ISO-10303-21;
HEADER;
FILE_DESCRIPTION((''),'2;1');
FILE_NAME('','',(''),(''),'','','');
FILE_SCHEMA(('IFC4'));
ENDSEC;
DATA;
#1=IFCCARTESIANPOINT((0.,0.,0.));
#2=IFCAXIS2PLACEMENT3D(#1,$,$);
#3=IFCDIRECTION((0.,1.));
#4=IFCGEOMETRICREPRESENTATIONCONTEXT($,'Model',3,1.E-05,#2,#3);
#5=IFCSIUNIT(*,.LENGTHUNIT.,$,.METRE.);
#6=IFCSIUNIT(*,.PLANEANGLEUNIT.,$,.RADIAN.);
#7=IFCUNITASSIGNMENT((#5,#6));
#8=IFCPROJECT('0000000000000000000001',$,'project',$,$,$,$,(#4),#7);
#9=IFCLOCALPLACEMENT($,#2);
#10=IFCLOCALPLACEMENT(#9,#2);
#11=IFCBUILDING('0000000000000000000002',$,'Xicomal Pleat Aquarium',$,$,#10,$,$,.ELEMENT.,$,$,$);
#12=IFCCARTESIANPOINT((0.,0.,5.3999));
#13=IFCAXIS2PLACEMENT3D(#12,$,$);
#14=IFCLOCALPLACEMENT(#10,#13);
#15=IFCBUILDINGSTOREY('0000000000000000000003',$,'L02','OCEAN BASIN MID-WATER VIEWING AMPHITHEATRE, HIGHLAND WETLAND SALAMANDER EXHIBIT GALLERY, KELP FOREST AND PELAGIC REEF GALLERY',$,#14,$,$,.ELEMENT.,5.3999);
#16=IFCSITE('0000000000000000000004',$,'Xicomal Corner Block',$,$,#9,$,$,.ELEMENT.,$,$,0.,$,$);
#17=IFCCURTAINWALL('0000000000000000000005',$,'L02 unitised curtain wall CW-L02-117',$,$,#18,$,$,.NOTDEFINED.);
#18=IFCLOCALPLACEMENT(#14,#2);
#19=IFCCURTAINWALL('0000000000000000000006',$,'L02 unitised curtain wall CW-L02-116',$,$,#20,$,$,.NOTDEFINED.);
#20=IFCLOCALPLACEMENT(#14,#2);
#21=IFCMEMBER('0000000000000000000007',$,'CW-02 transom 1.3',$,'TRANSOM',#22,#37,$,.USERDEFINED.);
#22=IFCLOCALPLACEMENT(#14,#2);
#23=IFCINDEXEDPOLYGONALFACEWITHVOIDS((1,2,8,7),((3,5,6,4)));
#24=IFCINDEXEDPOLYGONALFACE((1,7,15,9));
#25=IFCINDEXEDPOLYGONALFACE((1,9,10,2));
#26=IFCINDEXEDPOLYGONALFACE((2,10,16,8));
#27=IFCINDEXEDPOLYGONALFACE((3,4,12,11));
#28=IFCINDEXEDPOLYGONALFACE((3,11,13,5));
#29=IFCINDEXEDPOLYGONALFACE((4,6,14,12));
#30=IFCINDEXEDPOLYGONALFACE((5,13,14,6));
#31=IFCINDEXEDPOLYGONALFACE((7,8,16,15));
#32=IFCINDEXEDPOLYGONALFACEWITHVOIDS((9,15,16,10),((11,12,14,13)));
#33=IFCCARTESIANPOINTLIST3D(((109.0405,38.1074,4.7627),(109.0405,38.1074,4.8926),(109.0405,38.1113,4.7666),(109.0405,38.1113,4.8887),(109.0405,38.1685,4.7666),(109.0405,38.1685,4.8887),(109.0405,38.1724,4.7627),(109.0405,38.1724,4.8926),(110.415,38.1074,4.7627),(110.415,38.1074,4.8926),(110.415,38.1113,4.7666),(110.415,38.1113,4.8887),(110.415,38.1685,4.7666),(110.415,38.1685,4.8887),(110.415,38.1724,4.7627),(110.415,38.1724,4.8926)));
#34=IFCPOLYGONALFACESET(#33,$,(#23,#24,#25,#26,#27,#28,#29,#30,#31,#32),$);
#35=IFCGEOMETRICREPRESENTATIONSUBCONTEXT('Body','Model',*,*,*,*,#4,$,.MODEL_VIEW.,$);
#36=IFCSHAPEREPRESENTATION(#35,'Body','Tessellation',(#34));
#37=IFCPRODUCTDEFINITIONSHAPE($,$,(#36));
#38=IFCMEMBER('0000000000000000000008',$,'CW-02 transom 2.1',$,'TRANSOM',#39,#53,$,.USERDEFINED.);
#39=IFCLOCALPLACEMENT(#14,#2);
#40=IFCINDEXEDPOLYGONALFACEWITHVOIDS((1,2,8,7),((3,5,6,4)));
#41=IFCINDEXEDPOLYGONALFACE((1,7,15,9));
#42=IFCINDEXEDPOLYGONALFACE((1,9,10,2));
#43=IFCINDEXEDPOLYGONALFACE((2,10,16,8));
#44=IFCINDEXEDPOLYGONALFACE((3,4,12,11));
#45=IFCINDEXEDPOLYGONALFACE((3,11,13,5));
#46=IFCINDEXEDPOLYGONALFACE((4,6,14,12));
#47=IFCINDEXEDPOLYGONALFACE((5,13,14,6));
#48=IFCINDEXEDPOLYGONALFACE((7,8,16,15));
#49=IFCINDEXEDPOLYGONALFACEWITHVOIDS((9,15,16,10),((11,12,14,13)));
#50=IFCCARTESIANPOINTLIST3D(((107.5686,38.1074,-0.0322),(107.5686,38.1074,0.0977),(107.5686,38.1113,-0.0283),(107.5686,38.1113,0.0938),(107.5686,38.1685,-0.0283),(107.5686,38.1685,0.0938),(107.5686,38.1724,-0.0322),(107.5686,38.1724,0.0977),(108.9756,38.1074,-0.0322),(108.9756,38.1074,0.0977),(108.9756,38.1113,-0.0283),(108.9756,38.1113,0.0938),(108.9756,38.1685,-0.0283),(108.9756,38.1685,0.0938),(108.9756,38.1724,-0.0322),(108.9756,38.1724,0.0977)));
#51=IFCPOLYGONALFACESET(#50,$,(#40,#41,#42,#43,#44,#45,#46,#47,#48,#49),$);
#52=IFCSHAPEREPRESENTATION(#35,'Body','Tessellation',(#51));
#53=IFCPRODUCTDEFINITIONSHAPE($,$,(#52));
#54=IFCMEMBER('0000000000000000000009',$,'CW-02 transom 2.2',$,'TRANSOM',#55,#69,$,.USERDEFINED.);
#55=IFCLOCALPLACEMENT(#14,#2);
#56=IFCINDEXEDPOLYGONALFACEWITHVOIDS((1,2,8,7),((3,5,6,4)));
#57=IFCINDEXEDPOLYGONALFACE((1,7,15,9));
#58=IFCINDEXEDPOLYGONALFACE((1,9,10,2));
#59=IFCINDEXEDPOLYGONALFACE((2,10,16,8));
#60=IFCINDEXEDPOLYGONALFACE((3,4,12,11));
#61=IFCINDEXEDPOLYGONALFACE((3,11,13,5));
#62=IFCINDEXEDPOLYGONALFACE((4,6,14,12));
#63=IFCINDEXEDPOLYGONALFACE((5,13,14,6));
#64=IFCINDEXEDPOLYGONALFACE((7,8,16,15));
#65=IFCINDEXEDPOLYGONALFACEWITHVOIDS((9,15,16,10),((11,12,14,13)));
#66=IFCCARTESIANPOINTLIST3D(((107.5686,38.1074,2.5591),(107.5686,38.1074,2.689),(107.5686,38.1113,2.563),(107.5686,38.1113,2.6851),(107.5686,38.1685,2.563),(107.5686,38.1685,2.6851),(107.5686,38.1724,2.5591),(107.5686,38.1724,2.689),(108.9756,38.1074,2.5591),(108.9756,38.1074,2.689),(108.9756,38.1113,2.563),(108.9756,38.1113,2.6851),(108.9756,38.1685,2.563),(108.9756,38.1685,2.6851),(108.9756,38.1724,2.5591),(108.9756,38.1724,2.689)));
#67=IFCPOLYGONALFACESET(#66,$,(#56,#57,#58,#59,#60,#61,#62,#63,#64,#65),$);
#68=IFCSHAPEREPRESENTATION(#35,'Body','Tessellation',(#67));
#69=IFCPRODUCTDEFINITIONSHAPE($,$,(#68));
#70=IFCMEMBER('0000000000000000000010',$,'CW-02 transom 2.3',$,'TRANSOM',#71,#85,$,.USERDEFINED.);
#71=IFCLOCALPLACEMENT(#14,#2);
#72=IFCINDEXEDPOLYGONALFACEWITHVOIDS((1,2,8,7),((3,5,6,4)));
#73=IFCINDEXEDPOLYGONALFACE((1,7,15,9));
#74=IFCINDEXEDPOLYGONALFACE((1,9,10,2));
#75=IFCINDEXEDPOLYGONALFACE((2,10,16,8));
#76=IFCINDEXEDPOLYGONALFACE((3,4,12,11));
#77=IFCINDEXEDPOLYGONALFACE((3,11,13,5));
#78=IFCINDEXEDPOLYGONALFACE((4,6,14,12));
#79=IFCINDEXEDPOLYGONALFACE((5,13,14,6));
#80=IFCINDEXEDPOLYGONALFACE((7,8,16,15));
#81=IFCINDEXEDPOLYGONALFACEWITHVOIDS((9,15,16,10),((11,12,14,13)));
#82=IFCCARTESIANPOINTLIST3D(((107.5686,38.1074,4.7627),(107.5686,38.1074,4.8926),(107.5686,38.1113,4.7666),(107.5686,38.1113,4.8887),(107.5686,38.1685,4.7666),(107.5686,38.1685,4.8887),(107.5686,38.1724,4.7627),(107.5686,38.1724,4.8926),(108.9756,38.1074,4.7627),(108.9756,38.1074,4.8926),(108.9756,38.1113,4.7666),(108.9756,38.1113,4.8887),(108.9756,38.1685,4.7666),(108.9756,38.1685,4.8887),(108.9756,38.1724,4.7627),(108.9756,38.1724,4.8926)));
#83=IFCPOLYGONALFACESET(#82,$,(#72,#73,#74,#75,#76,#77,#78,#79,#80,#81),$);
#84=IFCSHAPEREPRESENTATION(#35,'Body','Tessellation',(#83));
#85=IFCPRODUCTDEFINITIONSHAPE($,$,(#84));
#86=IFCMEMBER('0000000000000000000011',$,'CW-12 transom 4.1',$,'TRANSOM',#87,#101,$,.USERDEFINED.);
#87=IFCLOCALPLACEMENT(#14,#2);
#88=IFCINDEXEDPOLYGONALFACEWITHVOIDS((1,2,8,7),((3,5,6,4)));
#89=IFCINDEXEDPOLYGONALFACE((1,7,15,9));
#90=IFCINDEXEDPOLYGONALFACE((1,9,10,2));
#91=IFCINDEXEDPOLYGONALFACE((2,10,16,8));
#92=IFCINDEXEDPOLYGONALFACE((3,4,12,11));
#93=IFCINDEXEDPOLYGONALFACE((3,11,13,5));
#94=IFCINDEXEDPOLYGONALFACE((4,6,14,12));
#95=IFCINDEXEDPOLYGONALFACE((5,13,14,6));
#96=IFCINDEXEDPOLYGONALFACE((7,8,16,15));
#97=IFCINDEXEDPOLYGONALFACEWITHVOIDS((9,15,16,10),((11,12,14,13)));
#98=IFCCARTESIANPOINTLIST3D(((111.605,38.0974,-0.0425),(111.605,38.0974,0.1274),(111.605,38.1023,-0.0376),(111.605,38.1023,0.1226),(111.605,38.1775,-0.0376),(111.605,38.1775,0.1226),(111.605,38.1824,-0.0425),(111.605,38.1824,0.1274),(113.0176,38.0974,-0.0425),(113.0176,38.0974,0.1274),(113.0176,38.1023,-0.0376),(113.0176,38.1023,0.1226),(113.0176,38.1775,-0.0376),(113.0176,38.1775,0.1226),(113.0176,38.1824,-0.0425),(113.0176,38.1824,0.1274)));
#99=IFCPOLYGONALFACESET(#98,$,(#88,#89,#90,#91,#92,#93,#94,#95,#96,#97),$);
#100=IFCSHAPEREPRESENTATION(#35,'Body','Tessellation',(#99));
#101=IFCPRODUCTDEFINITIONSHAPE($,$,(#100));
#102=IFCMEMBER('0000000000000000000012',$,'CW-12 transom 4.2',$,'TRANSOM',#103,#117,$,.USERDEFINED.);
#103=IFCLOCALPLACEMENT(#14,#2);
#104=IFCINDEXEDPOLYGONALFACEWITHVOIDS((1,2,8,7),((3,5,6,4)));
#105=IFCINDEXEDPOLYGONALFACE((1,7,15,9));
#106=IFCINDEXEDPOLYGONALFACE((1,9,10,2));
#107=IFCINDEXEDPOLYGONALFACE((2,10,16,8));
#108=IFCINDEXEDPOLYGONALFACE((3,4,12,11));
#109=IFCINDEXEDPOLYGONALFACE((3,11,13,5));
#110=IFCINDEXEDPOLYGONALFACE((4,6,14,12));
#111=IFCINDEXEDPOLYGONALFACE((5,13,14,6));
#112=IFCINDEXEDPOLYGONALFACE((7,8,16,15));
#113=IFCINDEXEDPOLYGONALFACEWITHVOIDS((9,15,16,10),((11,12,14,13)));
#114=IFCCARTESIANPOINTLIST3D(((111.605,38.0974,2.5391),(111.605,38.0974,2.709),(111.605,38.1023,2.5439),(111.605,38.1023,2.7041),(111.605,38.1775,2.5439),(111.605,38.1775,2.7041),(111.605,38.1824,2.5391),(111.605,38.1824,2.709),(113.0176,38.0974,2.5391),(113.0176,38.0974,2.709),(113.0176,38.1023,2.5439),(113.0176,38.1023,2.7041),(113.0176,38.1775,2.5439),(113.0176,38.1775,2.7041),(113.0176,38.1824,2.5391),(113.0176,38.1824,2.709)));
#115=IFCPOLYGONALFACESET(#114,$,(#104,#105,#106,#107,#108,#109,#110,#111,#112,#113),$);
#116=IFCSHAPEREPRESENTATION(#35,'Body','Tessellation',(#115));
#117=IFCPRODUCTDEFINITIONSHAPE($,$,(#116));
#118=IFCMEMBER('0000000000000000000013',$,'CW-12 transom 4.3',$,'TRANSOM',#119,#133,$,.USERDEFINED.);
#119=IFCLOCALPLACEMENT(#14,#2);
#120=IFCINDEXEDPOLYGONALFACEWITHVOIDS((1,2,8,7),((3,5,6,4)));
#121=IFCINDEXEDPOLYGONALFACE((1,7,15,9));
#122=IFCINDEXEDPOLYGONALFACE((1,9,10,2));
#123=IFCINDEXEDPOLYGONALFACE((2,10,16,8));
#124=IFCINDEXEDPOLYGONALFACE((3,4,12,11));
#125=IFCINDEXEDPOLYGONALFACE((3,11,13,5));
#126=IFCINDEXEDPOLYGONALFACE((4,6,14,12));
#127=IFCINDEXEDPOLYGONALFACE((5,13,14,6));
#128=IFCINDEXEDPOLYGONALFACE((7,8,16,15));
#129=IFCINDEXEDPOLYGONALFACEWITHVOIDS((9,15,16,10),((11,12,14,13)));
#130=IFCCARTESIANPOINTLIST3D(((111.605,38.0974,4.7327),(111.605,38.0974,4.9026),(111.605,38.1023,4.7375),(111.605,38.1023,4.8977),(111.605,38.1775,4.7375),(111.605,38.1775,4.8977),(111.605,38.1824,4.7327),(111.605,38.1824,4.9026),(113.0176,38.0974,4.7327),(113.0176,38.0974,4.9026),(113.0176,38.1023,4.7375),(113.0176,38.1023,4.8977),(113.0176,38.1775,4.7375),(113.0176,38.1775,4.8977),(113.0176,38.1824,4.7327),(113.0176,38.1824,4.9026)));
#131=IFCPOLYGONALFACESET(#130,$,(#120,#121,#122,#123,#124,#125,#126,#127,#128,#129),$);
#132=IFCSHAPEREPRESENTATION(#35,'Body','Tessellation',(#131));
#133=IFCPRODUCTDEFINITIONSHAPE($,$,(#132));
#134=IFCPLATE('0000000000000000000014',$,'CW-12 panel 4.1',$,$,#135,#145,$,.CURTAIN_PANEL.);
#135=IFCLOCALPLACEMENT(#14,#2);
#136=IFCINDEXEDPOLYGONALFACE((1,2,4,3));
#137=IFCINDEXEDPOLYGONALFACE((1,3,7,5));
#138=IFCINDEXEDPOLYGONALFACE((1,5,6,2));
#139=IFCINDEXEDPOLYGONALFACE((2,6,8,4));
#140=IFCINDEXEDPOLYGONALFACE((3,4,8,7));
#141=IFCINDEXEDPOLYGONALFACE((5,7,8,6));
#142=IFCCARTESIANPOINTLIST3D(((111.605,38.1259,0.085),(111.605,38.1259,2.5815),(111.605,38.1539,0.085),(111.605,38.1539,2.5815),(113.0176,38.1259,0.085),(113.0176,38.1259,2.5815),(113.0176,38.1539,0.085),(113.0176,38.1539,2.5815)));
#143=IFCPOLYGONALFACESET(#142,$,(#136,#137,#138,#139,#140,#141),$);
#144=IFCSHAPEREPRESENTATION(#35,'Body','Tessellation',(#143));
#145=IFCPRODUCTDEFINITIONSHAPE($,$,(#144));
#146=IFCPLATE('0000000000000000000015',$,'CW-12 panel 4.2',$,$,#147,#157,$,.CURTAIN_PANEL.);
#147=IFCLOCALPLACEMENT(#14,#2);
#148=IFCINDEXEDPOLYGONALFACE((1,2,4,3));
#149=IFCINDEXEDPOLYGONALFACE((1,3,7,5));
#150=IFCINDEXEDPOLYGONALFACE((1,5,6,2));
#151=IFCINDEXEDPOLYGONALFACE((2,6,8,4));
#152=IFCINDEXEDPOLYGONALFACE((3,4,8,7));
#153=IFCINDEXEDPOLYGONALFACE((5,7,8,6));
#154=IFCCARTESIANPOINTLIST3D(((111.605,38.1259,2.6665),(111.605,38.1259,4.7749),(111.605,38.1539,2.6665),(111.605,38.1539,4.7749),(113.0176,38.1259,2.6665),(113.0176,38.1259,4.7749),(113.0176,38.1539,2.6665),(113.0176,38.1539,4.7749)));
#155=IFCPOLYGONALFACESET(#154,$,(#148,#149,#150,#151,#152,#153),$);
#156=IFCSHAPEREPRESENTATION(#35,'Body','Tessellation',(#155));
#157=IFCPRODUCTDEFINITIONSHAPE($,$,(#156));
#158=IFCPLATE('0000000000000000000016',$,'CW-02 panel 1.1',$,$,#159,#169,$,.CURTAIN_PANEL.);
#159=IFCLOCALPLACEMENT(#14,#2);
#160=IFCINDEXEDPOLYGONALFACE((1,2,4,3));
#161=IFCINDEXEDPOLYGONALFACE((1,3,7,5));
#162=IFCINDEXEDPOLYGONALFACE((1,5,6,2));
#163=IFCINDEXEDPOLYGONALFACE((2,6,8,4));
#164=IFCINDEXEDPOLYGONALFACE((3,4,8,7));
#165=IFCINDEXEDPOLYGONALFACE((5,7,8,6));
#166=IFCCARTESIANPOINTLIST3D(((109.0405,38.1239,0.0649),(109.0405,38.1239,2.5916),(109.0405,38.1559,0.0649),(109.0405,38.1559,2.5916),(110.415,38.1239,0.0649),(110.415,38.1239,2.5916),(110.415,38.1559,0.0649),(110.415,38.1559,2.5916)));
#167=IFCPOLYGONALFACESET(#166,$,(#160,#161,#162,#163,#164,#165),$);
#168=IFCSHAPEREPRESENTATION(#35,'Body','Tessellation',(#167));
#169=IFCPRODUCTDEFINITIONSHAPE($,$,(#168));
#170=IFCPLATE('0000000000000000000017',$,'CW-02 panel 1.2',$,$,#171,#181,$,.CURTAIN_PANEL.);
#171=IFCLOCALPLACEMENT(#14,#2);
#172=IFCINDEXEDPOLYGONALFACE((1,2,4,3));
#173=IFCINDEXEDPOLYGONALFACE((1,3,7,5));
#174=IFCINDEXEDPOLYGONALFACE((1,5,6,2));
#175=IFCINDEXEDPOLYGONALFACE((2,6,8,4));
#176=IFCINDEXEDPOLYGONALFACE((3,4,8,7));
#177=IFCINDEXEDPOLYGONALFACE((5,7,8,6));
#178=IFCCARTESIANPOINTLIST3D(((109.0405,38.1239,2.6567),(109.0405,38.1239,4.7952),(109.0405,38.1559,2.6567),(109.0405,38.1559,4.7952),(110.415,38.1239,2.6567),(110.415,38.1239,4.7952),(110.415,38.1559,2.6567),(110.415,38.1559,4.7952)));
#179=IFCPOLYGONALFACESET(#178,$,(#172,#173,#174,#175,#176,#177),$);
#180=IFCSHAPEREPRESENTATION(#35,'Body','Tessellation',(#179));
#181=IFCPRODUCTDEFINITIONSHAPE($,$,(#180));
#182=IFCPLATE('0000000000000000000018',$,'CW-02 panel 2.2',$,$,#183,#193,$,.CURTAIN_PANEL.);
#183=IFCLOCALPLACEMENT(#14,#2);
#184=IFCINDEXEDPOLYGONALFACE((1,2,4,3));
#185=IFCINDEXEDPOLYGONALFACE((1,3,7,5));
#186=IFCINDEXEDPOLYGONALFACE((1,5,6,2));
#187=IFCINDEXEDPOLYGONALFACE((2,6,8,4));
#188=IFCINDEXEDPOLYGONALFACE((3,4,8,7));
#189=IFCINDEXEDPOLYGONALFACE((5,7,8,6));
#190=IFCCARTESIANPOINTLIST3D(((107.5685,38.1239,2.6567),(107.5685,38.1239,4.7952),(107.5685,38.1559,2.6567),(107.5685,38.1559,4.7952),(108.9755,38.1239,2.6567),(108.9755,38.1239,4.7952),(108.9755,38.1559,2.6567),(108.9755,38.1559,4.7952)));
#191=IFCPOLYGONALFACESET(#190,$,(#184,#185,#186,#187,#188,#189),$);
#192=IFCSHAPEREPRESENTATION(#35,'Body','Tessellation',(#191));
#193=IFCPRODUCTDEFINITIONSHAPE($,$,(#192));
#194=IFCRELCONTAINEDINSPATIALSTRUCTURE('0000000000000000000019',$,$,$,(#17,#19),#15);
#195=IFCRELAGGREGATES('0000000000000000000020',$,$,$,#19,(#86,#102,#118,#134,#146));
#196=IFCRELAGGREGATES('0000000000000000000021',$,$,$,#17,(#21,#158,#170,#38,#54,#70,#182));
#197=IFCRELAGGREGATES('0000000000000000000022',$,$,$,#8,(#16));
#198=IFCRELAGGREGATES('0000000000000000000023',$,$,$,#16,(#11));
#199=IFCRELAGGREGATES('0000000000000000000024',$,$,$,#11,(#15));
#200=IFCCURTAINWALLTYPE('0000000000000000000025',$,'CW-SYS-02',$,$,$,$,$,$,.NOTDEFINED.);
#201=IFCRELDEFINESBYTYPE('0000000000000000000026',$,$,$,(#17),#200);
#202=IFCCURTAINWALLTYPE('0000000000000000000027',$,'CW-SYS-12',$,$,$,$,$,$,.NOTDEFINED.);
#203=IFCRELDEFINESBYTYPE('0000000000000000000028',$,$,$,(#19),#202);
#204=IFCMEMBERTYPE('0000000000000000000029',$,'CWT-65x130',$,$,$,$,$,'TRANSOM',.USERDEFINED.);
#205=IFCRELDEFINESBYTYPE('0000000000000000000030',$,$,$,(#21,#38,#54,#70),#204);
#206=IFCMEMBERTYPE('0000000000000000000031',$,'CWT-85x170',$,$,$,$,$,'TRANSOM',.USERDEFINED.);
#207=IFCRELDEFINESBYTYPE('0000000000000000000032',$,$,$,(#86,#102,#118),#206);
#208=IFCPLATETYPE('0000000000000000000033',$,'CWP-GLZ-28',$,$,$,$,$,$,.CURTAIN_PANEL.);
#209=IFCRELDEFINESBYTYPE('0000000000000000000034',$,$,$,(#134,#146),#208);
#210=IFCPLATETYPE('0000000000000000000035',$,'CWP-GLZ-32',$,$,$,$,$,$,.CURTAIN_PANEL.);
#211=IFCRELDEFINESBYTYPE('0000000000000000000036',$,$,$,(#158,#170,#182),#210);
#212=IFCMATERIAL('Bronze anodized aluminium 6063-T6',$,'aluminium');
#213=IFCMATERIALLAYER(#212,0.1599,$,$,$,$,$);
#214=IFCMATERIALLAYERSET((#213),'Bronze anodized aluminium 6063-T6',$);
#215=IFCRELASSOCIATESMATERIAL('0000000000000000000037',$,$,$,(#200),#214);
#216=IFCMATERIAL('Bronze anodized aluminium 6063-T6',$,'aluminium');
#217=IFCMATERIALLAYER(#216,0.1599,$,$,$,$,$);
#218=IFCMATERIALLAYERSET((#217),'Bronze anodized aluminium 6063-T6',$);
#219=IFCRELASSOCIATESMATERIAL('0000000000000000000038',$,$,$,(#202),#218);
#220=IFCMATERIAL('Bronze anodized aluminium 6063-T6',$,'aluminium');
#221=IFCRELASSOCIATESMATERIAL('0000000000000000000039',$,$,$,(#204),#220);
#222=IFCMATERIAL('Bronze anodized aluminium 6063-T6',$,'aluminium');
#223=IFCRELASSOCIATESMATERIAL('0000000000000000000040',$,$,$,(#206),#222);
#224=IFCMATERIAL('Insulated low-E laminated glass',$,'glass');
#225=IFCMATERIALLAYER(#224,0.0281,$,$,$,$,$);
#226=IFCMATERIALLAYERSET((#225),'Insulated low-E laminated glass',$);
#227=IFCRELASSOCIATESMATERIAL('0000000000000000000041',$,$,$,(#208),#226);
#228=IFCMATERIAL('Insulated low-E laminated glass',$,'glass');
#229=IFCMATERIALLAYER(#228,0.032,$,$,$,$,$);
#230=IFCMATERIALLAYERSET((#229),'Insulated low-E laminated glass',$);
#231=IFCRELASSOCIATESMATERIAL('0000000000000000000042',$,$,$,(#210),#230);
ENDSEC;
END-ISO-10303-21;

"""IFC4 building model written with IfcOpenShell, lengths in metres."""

from ifc_helpers import new_model, si_unit, direction, frame, origin, origin_2d, place, context, subcontext, project, spatial, rectangle, hollow_rectangle, extrude, material, layer, layer_set, material_profile, profile_set, type_object, element, aggregate, save


model = new_model("IFC4")

# Units and contexts
model_context = context("Model", 3, precision=1e-05, world=origin(), true_north=direction((0.0, 1.0)))
body_context = subcontext(model_context, "Body", "Model", "MODEL_VIEW")
ifc_project = project(units=[si_unit("LENGTHUNIT", "METRE"), si_unit("PLANEANGLEUNIT", "RADIAN")], contexts=[model_context])

# Site, building, storey
site_placement = place(None, origin())
site = spatial("IfcSite", under=ifc_project, at=site_placement, Name="Xicomal Corner Block", CompositionType="ELEMENT", RefElevation=0.0)
building_placement = place(site_placement, origin())
building = spatial("IfcBuilding", under=site, at=building_placement, Name="Xicomal Pleat Aquarium", CompositionType="ELEMENT")
storey_placement = place(building_placement, frame((0.0, 0.0, 5.3999)))
storey = spatial("IfcBuildingStorey", under=building, at=storey_placement, Name="L02", Description="OCEAN BASIN MID-WATER VIEWING AMPHITHEATRE, HIGHLAND WETLAND SALAMANDER EXHIBIT GALLERY, KELP FOREST AND PELAGIC REEF GALLERY", CompositionType="ELEMENT", Elevation=5.3999)

# Shared definitions
ifc_material_1 = material(Name="Bronze anodized aluminium 6063-T6", Category="aluminium")
ifc_layer_1 = layer(ifc_material_1, 0.1599)
ifc_layer_set_1 = layer_set([ifc_layer_1], Name="Bronze anodized aluminium 6063-T6")
curtain_wall_type_1 = type_object("IfcCurtainWallType", Name="CW-SYS-02", PredefinedType="NOTDEFINED", material=ifc_layer_set_1)

# Curtain walls
curtain_wall_1_placement = place(storey_placement, origin())
curtain_wall_1 = element("IfcCurtainWall", 1, at=curtain_wall_1_placement, inside=storey, type_object=curtain_wall_type_1, Name="L02 unitised curtain wall CW-L02-117", PredefinedType="NOTDEFINED")
ifc_material_2 = material(Name="Bronze anodized aluminium 6063-T6", Category="aluminium")
ifc_layer_2 = layer(ifc_material_2, 0.1599)
ifc_layer_set_2 = layer_set([ifc_layer_2], Name="Bronze anodized aluminium 6063-T6")
curtain_wall_type_2 = type_object("IfcCurtainWallType", Name="CW-SYS-12", PredefinedType="NOTDEFINED", material=ifc_layer_set_2)
curtain_wall_2_placement = place(storey_placement, origin())
curtain_wall_2 = element("IfcCurtainWall", 2, at=curtain_wall_2_placement, inside=storey, type_object=curtain_wall_type_2, Name="L02 unitised curtain wall CW-L02-116", PredefinedType="NOTDEFINED")

# Members
ifc_material_3 = material(Name="Bronze anodized aluminium 6063-T6", Category="aluminium")
ifc_material_profile_1 = material_profile(ifc_material_3, hollow_rectangle(XDim=0.0649, YDim=0.1299, WallThickness=0.0039, at=origin_2d()), Name="ALU TRAN 65x130")
ifc_profile_set_1 = profile_set([ifc_material_profile_1], Name="Bronze anodized aluminium 6063-T6")
member_type_1 = type_object("IfcMemberType", Name="CWT-65x130", ElementType="TRANSOM", PredefinedType="USERDEFINED", material=ifc_profile_set_1)
member_1_placement = place(storey_placement, frame((110.415, 38.1399, 4.8276), z_axis=(-1.0, 0.0, 0.0), x_axis=(0.0, -1.0, 0.0)))
member_1 = element("IfcMember", 3, at=member_1_placement, type_object=member_type_1, Name="CW-02 transom 1.3", ObjectType="TRANSOM", PredefinedType="USERDEFINED", context=body_context, shape_type="SweptSolid", body=[
    extrude(hollow_rectangle(XDim=0.0649, YDim=0.1299, WallThickness=0.0039, at=origin_2d()), origin(), (0.0, 0.0, 1.0), 1.3745),
])
member_2_placement = place(storey_placement, frame((108.9756, 38.1399, 0.0327), z_axis=(-1.0, 0.0, 0.0), x_axis=(0.0, -1.0, 0.0)))
member_2 = element("IfcMember", 4, at=member_2_placement, type_object=member_type_1, Name="CW-02 transom 2.1", ObjectType="TRANSOM", PredefinedType="USERDEFINED", context=body_context, shape_type="SweptSolid", body=[
    extrude(hollow_rectangle(XDim=0.0649, YDim=0.1299, WallThickness=0.0039, at=origin_2d()), origin(), (0.0, 0.0, 1.0), 1.407),
])
member_3_placement = place(storey_placement, frame((108.9756, 38.1399, 2.624), z_axis=(-1.0, 0.0, 0.0), x_axis=(0.0, -1.0, 0.0)))
member_3 = element("IfcMember", 5, at=member_3_placement, type_object=member_type_1, Name="CW-02 transom 2.2", ObjectType="TRANSOM", PredefinedType="USERDEFINED", context=body_context, shape_type="SweptSolid", body=[
    extrude(hollow_rectangle(XDim=0.0649, YDim=0.1299, WallThickness=0.0039, at=origin_2d()), origin(), (0.0, 0.0, 1.0), 1.407),
])
member_4_placement = place(storey_placement, frame((108.9756, 38.1399, 4.8276), z_axis=(-1.0, 0.0, 0.0), x_axis=(0.0, -1.0, 0.0)))
member_4 = element("IfcMember", 6, at=member_4_placement, type_object=member_type_1, Name="CW-02 transom 2.3", ObjectType="TRANSOM", PredefinedType="USERDEFINED", context=body_context, shape_type="SweptSolid", body=[
    extrude(hollow_rectangle(XDim=0.0649, YDim=0.1299, WallThickness=0.0039, at=origin_2d()), origin(), (0.0, 0.0, 1.0), 1.407),
])
ifc_material_4 = material(Name="Bronze anodized aluminium 6063-T6", Category="aluminium")
ifc_material_profile_2 = material_profile(ifc_material_4, hollow_rectangle(XDim=0.085, YDim=0.1699, WallThickness=0.0049, at=origin_2d()), Name="ALU TRAN 85x170")
ifc_profile_set_2 = profile_set([ifc_material_profile_2], Name="Bronze anodized aluminium 6063-T6")
member_type_2 = type_object("IfcMemberType", Name="CWT-85x170", ElementType="TRANSOM", PredefinedType="USERDEFINED", material=ifc_profile_set_2)
member_5_placement = place(storey_placement, frame((113.0176, 38.1399, 0.0425), z_axis=(-1.0, 0.0, 0.0), x_axis=(0.0, -1.0, 0.0)))
member_5 = element("IfcMember", 7, at=member_5_placement, type_object=member_type_2, Name="CW-12 transom 4.1", ObjectType="TRANSOM", PredefinedType="USERDEFINED", context=body_context, shape_type="SweptSolid", body=[
    extrude(hollow_rectangle(XDim=0.085, YDim=0.1699, WallThickness=0.0049, at=origin_2d()), origin(), (0.0, 0.0, 1.0), 1.4126),
])
member_6_placement = place(storey_placement, frame((113.0176, 38.1399, 2.624), z_axis=(-1.0, 0.0, 0.0), x_axis=(0.0, -1.0, 0.0)))
member_6 = element("IfcMember", 8, at=member_6_placement, type_object=member_type_2, Name="CW-12 transom 4.2", ObjectType="TRANSOM", PredefinedType="USERDEFINED", context=body_context, shape_type="SweptSolid", body=[
    extrude(hollow_rectangle(XDim=0.085, YDim=0.1699, WallThickness=0.0049, at=origin_2d()), origin(), (0.0, 0.0, 1.0), 1.4126),
])
member_7_placement = place(storey_placement, frame((113.0176, 38.1399, 4.8176), z_axis=(-1.0, 0.0, 0.0), x_axis=(0.0, -1.0, 0.0)))
member_7 = element("IfcMember", 9, at=member_7_placement, type_object=member_type_2, Name="CW-12 transom 4.3", ObjectType="TRANSOM", PredefinedType="USERDEFINED", context=body_context, shape_type="SweptSolid", body=[
    extrude(hollow_rectangle(XDim=0.085, YDim=0.1699, WallThickness=0.0049, at=origin_2d()), origin(), (0.0, 0.0, 1.0), 1.4126),
])

# Plates
ifc_material_5 = material(Name="Insulated low-E laminated glass", Category="glass")
ifc_layer_3 = layer(ifc_material_5, 0.0281)
ifc_layer_set_3 = layer_set([ifc_layer_3], Name="Insulated low-E laminated glass")
plate_type_1 = type_object("IfcPlateType", Name="CWP-GLZ-28", PredefinedType="CURTAIN_PANEL", material=ifc_layer_set_3)
plate_1_placement = place(storey_placement, frame((112.3113, 38.1399, 0.085), z_axis=(0.0, 0.0, 1.0), x_axis=(-1.0, 0.0, 0.0)))
plate_1 = element("IfcPlate", 10, at=plate_1_placement, type_object=plate_type_1, Name="CW-12 panel 4.1", PredefinedType="CURTAIN_PANEL", context=body_context, shape_type="SweptSolid", body=[
    extrude(rectangle(XDim=1.4126, YDim=0.0281, at=origin_2d()), origin(), (0.0, 0.0, 1.0), 2.4966),
])
plate_2_placement = place(storey_placement, frame((112.3113, 38.1399, 2.6665), z_axis=(0.0, 0.0, 1.0), x_axis=(-1.0, 0.0, 0.0)))
plate_2 = element("IfcPlate", 11, at=plate_2_placement, type_object=plate_type_1, Name="CW-12 panel 4.2", PredefinedType="CURTAIN_PANEL", context=body_context, shape_type="SweptSolid", body=[
    extrude(rectangle(XDim=1.4126, YDim=0.0281, at=origin_2d()), origin(), (0.0, 0.0, 1.0), 2.1084),
])
aggregate(curtain_wall_2, [member_5, member_6, member_7, plate_1, plate_2])
ifc_material_6 = material(Name="Insulated low-E laminated glass", Category="glass")
ifc_layer_4 = layer(ifc_material_6, 0.032)
ifc_layer_set_4 = layer_set([ifc_layer_4], Name="Insulated low-E laminated glass")
plate_type_2 = type_object("IfcPlateType", Name="CWP-GLZ-32", PredefinedType="CURTAIN_PANEL", material=ifc_layer_set_4)
plate_3_placement = place(storey_placement, frame((109.7278, 38.1399, 0.0649), z_axis=(0.0, 0.0, 1.0), x_axis=(-1.0, 0.0, 0.0)))
plate_3 = element("IfcPlate", 12, at=plate_3_placement, type_object=plate_type_2, Name="CW-02 panel 1.1", PredefinedType="CURTAIN_PANEL", context=body_context, shape_type="SweptSolid", body=[
    extrude(rectangle(XDim=1.3745, YDim=0.032, at=origin_2d()), origin(), (0.0, 0.0, 1.0), 2.5266),
])
plate_4_placement = place(storey_placement, frame((109.7278, 38.1399, 2.6567), z_axis=(0.0, 0.0, 1.0), x_axis=(-1.0, 0.0, 0.0)))
plate_4 = element("IfcPlate", 13, at=plate_4_placement, type_object=plate_type_2, Name="CW-02 panel 1.2", PredefinedType="CURTAIN_PANEL", context=body_context, shape_type="SweptSolid", body=[
    extrude(rectangle(XDim=1.3745, YDim=0.032, at=origin_2d()), origin(), (0.0, 0.0, 1.0), 2.1384),
])
plate_5_placement = place(storey_placement, frame((108.272, 38.1399, 2.6567), z_axis=(0.0, 0.0, 1.0), x_axis=(-1.0, 0.0, 0.0)))
plate_5 = element("IfcPlate", 14, at=plate_5_placement, type_object=plate_type_2, Name="CW-02 panel 2.2", PredefinedType="CURTAIN_PANEL", context=body_context, shape_type="SweptSolid", body=[
    extrude(rectangle(XDim=1.407, YDim=0.032, at=origin_2d()), origin(), (0.0, 0.0, 1.0), 2.1384),
])
aggregate(curtain_wall_1, [member_1, plate_3, plate_4, member_2, member_3, member_4, plate_5])

save(model, "model.ifc")
